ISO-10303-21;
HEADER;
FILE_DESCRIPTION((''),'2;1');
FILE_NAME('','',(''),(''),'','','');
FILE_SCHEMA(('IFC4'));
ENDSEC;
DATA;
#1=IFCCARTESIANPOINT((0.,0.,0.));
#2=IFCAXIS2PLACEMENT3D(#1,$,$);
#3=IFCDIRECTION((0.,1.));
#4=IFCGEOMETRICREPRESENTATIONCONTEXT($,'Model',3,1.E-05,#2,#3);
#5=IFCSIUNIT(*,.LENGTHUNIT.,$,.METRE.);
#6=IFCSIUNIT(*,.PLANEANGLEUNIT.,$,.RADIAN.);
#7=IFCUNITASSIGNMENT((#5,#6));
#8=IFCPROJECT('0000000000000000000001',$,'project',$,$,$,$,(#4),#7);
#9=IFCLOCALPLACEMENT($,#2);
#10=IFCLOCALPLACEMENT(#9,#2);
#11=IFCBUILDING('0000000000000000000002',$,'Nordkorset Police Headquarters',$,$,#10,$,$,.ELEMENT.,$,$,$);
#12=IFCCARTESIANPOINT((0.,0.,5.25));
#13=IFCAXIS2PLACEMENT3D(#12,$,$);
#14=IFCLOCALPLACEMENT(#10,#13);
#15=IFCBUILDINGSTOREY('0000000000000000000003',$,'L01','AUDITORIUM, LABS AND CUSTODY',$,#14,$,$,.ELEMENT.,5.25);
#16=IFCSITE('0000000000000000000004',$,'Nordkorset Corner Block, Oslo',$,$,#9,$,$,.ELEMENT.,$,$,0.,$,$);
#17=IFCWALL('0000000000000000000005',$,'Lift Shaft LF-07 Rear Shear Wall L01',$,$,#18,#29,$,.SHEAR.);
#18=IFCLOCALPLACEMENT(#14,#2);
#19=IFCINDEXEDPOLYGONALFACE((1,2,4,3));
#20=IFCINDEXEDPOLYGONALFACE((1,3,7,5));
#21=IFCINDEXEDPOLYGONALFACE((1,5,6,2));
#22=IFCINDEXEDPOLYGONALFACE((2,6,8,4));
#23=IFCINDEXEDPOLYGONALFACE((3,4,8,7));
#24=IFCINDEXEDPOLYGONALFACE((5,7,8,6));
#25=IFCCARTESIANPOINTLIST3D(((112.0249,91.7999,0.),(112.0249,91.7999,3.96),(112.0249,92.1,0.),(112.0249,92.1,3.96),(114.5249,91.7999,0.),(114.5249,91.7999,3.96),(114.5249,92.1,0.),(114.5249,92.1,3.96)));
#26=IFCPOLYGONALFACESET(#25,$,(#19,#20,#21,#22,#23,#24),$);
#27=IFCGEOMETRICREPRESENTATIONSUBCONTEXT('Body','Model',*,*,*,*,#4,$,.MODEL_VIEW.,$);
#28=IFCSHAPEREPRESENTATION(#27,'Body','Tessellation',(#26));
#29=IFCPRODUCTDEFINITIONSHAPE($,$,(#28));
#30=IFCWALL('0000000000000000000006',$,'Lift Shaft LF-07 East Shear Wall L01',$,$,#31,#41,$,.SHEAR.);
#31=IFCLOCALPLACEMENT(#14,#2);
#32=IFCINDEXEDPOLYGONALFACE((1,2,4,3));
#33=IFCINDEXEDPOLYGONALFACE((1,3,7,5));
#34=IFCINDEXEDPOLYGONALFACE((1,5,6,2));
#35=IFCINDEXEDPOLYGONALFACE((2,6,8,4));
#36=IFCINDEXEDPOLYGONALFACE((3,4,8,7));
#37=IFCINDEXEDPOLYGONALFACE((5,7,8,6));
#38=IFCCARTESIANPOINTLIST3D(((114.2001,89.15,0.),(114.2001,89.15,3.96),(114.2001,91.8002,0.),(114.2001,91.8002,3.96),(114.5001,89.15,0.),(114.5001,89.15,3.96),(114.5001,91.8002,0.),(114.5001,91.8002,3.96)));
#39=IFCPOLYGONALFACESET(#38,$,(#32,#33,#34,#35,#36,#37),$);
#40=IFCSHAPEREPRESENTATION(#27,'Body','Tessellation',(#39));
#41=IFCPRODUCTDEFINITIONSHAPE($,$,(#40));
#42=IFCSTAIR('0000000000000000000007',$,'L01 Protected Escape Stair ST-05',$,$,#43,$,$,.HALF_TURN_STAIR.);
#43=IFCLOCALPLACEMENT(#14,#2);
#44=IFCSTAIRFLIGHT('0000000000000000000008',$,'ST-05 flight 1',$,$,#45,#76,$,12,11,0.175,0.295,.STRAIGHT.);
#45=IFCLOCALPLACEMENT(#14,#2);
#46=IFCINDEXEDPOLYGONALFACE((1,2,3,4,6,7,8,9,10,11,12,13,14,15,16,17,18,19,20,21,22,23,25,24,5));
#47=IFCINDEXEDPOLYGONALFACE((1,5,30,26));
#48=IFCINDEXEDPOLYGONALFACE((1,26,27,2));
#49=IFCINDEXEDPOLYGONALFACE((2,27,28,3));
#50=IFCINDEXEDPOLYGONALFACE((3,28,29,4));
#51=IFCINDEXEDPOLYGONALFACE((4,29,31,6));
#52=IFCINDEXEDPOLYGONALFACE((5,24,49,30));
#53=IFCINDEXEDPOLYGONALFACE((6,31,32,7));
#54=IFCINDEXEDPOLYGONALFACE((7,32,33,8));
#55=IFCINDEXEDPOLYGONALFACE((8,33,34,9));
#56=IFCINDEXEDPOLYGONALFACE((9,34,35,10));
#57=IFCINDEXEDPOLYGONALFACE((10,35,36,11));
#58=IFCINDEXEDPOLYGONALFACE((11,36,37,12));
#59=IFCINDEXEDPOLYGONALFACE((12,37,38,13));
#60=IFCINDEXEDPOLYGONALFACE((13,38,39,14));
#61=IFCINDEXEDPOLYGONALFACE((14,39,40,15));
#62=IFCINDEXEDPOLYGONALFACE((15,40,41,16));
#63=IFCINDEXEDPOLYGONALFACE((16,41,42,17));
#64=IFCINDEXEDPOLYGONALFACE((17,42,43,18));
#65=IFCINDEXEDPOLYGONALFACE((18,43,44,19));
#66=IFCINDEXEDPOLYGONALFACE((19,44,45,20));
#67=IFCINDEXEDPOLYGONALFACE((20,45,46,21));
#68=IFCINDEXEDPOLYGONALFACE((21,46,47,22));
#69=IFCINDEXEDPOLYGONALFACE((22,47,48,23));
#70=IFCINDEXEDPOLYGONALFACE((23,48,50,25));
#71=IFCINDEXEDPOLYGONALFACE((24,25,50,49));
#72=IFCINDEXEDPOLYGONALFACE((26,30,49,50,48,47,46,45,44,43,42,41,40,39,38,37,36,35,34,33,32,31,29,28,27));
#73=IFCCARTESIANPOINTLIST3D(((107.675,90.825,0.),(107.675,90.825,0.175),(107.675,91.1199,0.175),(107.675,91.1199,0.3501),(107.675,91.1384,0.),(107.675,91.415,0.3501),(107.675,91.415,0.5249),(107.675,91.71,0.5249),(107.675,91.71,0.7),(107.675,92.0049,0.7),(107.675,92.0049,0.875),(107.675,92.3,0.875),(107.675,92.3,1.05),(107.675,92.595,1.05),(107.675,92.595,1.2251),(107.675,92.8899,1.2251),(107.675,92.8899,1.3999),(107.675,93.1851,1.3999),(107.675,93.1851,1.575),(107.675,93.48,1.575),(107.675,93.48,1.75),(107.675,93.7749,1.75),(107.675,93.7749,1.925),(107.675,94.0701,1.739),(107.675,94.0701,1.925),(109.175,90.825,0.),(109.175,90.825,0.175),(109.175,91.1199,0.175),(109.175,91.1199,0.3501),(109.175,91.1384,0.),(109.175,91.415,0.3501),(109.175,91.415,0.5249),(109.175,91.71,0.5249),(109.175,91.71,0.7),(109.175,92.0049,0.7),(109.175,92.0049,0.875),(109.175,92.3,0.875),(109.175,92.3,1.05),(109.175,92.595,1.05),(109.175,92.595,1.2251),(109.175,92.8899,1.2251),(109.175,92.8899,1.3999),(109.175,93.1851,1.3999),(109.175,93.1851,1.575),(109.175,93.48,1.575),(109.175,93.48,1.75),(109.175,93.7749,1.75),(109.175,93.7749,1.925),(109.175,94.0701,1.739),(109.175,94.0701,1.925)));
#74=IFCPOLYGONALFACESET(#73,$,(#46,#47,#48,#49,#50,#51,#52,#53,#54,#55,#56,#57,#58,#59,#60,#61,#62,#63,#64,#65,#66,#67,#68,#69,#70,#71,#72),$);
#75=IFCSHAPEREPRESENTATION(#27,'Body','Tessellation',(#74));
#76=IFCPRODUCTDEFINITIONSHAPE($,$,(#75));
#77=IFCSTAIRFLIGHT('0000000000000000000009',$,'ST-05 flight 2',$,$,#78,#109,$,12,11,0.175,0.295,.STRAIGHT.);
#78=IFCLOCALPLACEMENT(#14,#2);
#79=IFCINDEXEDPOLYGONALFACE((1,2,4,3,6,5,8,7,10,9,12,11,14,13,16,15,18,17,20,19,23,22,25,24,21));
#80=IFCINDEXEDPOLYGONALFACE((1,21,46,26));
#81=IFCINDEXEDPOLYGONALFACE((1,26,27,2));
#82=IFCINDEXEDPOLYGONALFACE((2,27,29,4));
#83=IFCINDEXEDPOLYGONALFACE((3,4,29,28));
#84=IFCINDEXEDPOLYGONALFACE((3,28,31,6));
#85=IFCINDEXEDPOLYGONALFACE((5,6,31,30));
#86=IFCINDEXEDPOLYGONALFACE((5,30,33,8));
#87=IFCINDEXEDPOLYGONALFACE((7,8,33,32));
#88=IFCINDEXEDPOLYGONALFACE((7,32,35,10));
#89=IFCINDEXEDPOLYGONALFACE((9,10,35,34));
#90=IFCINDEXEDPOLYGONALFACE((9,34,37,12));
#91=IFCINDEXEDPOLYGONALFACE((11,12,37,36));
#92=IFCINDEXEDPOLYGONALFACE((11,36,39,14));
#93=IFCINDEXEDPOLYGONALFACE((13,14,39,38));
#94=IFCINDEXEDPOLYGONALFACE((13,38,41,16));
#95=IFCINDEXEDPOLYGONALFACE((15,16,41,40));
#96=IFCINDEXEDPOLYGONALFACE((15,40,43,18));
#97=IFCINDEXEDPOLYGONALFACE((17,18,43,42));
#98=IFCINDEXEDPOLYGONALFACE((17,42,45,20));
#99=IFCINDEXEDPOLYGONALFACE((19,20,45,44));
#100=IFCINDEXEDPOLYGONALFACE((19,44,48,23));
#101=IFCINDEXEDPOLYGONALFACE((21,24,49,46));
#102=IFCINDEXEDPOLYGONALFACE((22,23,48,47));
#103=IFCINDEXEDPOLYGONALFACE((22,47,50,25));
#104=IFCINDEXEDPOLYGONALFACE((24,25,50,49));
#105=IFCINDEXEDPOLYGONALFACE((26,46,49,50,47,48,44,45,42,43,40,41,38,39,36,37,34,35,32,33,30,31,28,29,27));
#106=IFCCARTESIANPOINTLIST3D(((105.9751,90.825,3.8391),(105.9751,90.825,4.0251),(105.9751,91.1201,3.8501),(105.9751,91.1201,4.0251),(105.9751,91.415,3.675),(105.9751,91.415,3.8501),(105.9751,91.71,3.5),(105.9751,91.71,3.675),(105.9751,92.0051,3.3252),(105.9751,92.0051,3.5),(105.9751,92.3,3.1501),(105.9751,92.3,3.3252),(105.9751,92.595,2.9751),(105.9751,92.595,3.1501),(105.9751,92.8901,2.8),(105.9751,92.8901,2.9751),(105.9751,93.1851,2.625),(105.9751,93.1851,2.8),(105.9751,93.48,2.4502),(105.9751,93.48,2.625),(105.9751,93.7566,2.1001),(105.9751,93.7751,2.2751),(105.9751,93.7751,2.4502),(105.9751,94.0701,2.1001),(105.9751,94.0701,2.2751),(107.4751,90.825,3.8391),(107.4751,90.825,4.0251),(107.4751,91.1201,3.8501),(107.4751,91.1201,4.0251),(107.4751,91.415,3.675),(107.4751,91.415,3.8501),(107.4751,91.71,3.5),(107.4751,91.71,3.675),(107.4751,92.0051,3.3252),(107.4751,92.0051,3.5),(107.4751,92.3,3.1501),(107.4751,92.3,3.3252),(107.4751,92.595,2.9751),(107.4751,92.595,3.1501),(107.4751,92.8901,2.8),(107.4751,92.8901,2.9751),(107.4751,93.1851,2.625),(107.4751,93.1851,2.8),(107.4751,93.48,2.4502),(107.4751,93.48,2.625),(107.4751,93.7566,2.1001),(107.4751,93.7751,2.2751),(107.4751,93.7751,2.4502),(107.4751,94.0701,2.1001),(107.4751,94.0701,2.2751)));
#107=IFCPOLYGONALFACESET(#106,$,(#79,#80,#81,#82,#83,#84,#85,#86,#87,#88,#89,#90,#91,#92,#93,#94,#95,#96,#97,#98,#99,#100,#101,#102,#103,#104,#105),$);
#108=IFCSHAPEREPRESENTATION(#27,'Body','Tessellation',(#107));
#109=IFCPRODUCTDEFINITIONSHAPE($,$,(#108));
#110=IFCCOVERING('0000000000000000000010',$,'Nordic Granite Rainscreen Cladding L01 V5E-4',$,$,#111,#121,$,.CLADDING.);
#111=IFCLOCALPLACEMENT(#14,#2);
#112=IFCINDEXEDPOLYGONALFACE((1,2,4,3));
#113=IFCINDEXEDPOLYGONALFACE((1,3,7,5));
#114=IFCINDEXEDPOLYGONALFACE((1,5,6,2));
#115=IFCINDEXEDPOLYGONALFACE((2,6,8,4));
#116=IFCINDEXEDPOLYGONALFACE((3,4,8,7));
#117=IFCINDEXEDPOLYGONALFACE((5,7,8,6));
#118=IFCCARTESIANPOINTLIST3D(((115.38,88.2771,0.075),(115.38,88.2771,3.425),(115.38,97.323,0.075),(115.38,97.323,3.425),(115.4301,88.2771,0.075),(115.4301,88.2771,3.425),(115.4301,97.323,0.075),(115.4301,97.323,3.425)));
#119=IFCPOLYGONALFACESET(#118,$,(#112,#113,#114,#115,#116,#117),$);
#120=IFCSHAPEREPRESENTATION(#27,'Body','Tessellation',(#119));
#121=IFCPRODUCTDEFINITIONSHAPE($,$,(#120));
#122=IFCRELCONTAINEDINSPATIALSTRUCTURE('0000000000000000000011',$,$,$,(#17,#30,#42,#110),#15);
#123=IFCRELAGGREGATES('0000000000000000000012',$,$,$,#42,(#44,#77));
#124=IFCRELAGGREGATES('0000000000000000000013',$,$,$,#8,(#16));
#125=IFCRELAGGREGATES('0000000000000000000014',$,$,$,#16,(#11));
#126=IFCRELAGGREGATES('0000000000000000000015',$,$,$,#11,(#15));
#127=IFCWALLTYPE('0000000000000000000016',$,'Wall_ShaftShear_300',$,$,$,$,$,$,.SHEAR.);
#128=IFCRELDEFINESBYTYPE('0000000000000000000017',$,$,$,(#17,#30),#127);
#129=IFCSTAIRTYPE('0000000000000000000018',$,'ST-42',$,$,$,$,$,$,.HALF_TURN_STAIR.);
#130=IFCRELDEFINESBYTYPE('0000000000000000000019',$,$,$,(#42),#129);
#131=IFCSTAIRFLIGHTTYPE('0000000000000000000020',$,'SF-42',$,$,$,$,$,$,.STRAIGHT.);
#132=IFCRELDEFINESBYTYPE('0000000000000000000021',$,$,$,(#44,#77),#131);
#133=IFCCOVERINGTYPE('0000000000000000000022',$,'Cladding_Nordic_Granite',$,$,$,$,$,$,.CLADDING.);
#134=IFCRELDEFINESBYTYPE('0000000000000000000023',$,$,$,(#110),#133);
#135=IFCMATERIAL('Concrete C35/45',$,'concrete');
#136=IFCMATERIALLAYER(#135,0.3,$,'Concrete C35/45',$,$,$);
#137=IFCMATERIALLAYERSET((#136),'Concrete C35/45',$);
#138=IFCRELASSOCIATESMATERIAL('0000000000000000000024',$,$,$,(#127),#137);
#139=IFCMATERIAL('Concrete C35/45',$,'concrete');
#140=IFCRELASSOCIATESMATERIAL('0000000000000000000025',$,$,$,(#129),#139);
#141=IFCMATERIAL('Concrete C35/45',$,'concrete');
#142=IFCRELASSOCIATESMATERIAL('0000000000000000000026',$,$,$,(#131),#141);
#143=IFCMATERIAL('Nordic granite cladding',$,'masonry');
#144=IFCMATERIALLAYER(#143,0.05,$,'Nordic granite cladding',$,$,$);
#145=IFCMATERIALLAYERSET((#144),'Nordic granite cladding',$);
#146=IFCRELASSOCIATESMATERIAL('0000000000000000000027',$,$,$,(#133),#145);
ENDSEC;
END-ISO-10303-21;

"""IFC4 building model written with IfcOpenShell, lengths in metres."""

from ifc_helpers import new_model, si_unit, direction, frame, frame_2d, origin, origin_2d, place, context, subcontext, project, spatial, polyline, rectangle, outline, extrude, material, layer, layer_set, type_object, element, aggregate, save


model = new_model("IFC4")

# Units and contexts
model_context = context("Model", 3, precision=1e-05, world=origin(), true_north=direction((0.0, 1.0)))
body_context = subcontext(model_context, "Body", "Model", "MODEL_VIEW")
ifc_project = project(units=[si_unit("LENGTHUNIT", "METRE"), si_unit("PLANEANGLEUNIT", "RADIAN")], contexts=[model_context])

# Site, building, storey
site_placement = place(None, origin())
site = spatial("IfcSite", under=ifc_project, at=site_placement, Name="Nordkorset Corner Block, Oslo", CompositionType="ELEMENT", RefElevation=0.0)
building_placement = place(site_placement, origin())
building = spatial("IfcBuilding", under=site, at=building_placement, Name="Nordkorset Police Headquarters", CompositionType="ELEMENT")
storey_placement = place(building_placement, frame((0.0, 0.0, 5.25)))
storey = spatial("IfcBuildingStorey", under=building, at=storey_placement, Name="L01", Description="AUDITORIUM, LABS AND CUSTODY", CompositionType="ELEMENT", Elevation=5.25)

# Shared definitions
ifc_material_1 = material(Name="Concrete C35/45", Category="concrete")
ifc_layer_1 = layer(ifc_material_1, 0.3, Name="Concrete C35/45")
ifc_layer_set_1 = layer_set([ifc_layer_1], Name="Concrete C35/45")
wall_type_1 = type_object("IfcWallType", Name="Wall_ShaftShear_300", PredefinedType="SHEAR", material=ifc_layer_set_1)

# Walls
wall_1_placement = place(storey_placement, frame((112.0249, 91.95, 0.0), z_axis=(0.0, 0.0, 1.0), x_axis=(1.0, 0.0, 0.0)))
element("IfcWall", 1, at=wall_1_placement, inside=storey, type_object=wall_type_1, Name="Lift Shaft LF-07 Rear Shear Wall L01", PredefinedType="SHEAR", context=body_context, shape_type="SweptSolid", body=[
    extrude(rectangle(XDim=2.5, YDim=0.3, at=frame_2d((1.25, 0.0))), origin(), (0.0, 0.0, 1.0), 3.96),
])
wall_2_placement = place(storey_placement, frame((114.3501, 89.1499, 0.0), z_axis=(0.0, 0.0, 1.0), x_axis=(0.0, 1.0, 0.0)))
element("IfcWall", 2, at=wall_2_placement, inside=storey, type_object=wall_type_1, Name="Lift Shaft LF-07 East Shear Wall L01", PredefinedType="SHEAR", context=body_context, shape_type="SweptSolid", body=[
    extrude(rectangle(XDim=2.6501, YDim=0.3, at=frame_2d((1.3252, 0.0))), origin(), (0.0, 0.0, 1.0), 3.96),
])

# Stair, stair flights
ifc_material_2 = material(Name="Concrete C35/45", Category="concrete")
stair_type = type_object("IfcStairType", Name="ST-42", PredefinedType="HALF_TURN_STAIR", material=ifc_material_2)
stair_placement = place(storey_placement, origin())
stair = element("IfcStair", 3, at=stair_placement, inside=storey, type_object=stair_type, Name="L01 Protected Escape Stair ST-05", PredefinedType="HALF_TURN_STAIR")
ifc_material_3 = material(Name="Concrete C35/45", Category="concrete")
stair_flight_type = type_object("IfcStairFlightType", Name="SF-42", PredefinedType="STRAIGHT", material=ifc_material_3)
stair_flight_1_placement = place(storey_placement, frame((108.425, 90.825, 0.0), z_axis=(0.0, 0.0, 1.0), x_axis=(0.0, 1.0, 0.0)))
stair_flight_1 = element("IfcStairFlight", 4, at=stair_flight_1_placement, type_object=stair_flight_type, Name="ST-05 flight 1", NumberOfRisers=12, NumberOfTreads=11, PredefinedType="STRAIGHT", RiserHeight=0.175, TreadLength=0.295, context=body_context, shape_type="SweptSolid", body=[
    extrude(outline(polyline([(0.0, 0.0), (0.0, 0.175), (0.2949, 0.175), (0.2949, 0.3501), (0.5901, 0.3501), (0.5901, 0.5249), (0.885, 0.5249), (0.885, 0.7), (1.1799, 0.7), (1.1799, 0.875), (1.4751, 0.875), (1.4751, 1.05), (1.77, 1.05), (1.77, 1.2251), (2.0649, 1.2251), (2.0649, 1.3999), (2.3601, 1.3999), (2.3601, 1.575), (2.655, 1.575), (2.655, 1.75), (2.95, 1.75), (2.95, 1.925), (3.2451, 1.925), (3.2451, 2.1001), (3.2451, 1.739), (0.3135, 0.0), (0.0, 0.0)])), frame((0.0, 0.75, 0.0), z_axis=(0.0, -1.0, 0.0), x_axis=(1.0, 0.0, 0.0)), (0.0, 0.0, 1.0), 1.5),
])
stair_flight_2_placement = place(storey_placement, frame((106.7251, 94.0701, 2.1001), z_axis=(0.0, 0.0, 1.0), x_axis=(0.0, -1.0, 0.0)))
stair_flight_2 = element("IfcStairFlight", 5, at=stair_flight_2_placement, type_object=stair_flight_type, Name="ST-05 flight 2", NumberOfRisers=12, NumberOfTreads=11, PredefinedType="STRAIGHT", RiserHeight=0.175, TreadLength=0.295, context=body_context, shape_type="SweptSolid", body=[
    extrude(outline(polyline([(0.0, 0.0), (0.0, 0.175), (0.2949, 0.175), (0.2949, 0.3501), (0.5901, 0.3501), (0.5901, 0.5249), (0.885, 0.5249), (0.885, 0.7), (1.1799, 0.7), (1.1799, 0.875), (1.4751, 0.875), (1.4751, 1.05), (1.77, 1.05), (1.77, 1.2251), (2.0649, 1.2251), (2.0649, 1.3999), (2.3601, 1.3999), (2.3601, 1.575), (2.655, 1.575), (2.655, 1.75), (2.95, 1.75), (2.95, 1.925), (3.2451, 1.925), (3.2451, 2.1001), (3.2451, 1.739), (0.3135, 0.0), (0.0, 0.0)])), frame((0.0, 0.75, 0.0), z_axis=(0.0, -1.0, 0.0), x_axis=(1.0, 0.0, 0.0)), (0.0, 0.0, 1.0), 1.5),
])
aggregate(stair, [stair_flight_1, stair_flight_2])

# Covering
ifc_material_4 = material(Name="Nordic granite cladding", Category="masonry")
ifc_layer_2 = layer(ifc_material_4, 0.05, Name="Nordic granite cladding")
ifc_layer_set_2 = layer_set([ifc_layer_2], Name="Nordic granite cladding")
covering_type = type_object("IfcCoveringType", Name="Cladding_Nordic_Granite", PredefinedType="CLADDING", material=ifc_layer_set_2)
covering_placement = place(storey_placement, frame((115.405, 92.8, 0.075), z_axis=(0.0, 0.0, 1.0), x_axis=(0.0, 1.0, 0.0)))
element("IfcCovering", 6, at=covering_placement, inside=storey, type_object=covering_type, Name="Nordic Granite Rainscreen Cladding L01 V5E-4", PredefinedType="CLADDING", context=body_context, shape_type="SweptSolid", body=[
    extrude(rectangle(XDim=9.0459, YDim=0.05, at=origin_2d()), origin(), (0.0, 0.0, 1.0), 3.3501),
])

save(model, "model.ifc")
